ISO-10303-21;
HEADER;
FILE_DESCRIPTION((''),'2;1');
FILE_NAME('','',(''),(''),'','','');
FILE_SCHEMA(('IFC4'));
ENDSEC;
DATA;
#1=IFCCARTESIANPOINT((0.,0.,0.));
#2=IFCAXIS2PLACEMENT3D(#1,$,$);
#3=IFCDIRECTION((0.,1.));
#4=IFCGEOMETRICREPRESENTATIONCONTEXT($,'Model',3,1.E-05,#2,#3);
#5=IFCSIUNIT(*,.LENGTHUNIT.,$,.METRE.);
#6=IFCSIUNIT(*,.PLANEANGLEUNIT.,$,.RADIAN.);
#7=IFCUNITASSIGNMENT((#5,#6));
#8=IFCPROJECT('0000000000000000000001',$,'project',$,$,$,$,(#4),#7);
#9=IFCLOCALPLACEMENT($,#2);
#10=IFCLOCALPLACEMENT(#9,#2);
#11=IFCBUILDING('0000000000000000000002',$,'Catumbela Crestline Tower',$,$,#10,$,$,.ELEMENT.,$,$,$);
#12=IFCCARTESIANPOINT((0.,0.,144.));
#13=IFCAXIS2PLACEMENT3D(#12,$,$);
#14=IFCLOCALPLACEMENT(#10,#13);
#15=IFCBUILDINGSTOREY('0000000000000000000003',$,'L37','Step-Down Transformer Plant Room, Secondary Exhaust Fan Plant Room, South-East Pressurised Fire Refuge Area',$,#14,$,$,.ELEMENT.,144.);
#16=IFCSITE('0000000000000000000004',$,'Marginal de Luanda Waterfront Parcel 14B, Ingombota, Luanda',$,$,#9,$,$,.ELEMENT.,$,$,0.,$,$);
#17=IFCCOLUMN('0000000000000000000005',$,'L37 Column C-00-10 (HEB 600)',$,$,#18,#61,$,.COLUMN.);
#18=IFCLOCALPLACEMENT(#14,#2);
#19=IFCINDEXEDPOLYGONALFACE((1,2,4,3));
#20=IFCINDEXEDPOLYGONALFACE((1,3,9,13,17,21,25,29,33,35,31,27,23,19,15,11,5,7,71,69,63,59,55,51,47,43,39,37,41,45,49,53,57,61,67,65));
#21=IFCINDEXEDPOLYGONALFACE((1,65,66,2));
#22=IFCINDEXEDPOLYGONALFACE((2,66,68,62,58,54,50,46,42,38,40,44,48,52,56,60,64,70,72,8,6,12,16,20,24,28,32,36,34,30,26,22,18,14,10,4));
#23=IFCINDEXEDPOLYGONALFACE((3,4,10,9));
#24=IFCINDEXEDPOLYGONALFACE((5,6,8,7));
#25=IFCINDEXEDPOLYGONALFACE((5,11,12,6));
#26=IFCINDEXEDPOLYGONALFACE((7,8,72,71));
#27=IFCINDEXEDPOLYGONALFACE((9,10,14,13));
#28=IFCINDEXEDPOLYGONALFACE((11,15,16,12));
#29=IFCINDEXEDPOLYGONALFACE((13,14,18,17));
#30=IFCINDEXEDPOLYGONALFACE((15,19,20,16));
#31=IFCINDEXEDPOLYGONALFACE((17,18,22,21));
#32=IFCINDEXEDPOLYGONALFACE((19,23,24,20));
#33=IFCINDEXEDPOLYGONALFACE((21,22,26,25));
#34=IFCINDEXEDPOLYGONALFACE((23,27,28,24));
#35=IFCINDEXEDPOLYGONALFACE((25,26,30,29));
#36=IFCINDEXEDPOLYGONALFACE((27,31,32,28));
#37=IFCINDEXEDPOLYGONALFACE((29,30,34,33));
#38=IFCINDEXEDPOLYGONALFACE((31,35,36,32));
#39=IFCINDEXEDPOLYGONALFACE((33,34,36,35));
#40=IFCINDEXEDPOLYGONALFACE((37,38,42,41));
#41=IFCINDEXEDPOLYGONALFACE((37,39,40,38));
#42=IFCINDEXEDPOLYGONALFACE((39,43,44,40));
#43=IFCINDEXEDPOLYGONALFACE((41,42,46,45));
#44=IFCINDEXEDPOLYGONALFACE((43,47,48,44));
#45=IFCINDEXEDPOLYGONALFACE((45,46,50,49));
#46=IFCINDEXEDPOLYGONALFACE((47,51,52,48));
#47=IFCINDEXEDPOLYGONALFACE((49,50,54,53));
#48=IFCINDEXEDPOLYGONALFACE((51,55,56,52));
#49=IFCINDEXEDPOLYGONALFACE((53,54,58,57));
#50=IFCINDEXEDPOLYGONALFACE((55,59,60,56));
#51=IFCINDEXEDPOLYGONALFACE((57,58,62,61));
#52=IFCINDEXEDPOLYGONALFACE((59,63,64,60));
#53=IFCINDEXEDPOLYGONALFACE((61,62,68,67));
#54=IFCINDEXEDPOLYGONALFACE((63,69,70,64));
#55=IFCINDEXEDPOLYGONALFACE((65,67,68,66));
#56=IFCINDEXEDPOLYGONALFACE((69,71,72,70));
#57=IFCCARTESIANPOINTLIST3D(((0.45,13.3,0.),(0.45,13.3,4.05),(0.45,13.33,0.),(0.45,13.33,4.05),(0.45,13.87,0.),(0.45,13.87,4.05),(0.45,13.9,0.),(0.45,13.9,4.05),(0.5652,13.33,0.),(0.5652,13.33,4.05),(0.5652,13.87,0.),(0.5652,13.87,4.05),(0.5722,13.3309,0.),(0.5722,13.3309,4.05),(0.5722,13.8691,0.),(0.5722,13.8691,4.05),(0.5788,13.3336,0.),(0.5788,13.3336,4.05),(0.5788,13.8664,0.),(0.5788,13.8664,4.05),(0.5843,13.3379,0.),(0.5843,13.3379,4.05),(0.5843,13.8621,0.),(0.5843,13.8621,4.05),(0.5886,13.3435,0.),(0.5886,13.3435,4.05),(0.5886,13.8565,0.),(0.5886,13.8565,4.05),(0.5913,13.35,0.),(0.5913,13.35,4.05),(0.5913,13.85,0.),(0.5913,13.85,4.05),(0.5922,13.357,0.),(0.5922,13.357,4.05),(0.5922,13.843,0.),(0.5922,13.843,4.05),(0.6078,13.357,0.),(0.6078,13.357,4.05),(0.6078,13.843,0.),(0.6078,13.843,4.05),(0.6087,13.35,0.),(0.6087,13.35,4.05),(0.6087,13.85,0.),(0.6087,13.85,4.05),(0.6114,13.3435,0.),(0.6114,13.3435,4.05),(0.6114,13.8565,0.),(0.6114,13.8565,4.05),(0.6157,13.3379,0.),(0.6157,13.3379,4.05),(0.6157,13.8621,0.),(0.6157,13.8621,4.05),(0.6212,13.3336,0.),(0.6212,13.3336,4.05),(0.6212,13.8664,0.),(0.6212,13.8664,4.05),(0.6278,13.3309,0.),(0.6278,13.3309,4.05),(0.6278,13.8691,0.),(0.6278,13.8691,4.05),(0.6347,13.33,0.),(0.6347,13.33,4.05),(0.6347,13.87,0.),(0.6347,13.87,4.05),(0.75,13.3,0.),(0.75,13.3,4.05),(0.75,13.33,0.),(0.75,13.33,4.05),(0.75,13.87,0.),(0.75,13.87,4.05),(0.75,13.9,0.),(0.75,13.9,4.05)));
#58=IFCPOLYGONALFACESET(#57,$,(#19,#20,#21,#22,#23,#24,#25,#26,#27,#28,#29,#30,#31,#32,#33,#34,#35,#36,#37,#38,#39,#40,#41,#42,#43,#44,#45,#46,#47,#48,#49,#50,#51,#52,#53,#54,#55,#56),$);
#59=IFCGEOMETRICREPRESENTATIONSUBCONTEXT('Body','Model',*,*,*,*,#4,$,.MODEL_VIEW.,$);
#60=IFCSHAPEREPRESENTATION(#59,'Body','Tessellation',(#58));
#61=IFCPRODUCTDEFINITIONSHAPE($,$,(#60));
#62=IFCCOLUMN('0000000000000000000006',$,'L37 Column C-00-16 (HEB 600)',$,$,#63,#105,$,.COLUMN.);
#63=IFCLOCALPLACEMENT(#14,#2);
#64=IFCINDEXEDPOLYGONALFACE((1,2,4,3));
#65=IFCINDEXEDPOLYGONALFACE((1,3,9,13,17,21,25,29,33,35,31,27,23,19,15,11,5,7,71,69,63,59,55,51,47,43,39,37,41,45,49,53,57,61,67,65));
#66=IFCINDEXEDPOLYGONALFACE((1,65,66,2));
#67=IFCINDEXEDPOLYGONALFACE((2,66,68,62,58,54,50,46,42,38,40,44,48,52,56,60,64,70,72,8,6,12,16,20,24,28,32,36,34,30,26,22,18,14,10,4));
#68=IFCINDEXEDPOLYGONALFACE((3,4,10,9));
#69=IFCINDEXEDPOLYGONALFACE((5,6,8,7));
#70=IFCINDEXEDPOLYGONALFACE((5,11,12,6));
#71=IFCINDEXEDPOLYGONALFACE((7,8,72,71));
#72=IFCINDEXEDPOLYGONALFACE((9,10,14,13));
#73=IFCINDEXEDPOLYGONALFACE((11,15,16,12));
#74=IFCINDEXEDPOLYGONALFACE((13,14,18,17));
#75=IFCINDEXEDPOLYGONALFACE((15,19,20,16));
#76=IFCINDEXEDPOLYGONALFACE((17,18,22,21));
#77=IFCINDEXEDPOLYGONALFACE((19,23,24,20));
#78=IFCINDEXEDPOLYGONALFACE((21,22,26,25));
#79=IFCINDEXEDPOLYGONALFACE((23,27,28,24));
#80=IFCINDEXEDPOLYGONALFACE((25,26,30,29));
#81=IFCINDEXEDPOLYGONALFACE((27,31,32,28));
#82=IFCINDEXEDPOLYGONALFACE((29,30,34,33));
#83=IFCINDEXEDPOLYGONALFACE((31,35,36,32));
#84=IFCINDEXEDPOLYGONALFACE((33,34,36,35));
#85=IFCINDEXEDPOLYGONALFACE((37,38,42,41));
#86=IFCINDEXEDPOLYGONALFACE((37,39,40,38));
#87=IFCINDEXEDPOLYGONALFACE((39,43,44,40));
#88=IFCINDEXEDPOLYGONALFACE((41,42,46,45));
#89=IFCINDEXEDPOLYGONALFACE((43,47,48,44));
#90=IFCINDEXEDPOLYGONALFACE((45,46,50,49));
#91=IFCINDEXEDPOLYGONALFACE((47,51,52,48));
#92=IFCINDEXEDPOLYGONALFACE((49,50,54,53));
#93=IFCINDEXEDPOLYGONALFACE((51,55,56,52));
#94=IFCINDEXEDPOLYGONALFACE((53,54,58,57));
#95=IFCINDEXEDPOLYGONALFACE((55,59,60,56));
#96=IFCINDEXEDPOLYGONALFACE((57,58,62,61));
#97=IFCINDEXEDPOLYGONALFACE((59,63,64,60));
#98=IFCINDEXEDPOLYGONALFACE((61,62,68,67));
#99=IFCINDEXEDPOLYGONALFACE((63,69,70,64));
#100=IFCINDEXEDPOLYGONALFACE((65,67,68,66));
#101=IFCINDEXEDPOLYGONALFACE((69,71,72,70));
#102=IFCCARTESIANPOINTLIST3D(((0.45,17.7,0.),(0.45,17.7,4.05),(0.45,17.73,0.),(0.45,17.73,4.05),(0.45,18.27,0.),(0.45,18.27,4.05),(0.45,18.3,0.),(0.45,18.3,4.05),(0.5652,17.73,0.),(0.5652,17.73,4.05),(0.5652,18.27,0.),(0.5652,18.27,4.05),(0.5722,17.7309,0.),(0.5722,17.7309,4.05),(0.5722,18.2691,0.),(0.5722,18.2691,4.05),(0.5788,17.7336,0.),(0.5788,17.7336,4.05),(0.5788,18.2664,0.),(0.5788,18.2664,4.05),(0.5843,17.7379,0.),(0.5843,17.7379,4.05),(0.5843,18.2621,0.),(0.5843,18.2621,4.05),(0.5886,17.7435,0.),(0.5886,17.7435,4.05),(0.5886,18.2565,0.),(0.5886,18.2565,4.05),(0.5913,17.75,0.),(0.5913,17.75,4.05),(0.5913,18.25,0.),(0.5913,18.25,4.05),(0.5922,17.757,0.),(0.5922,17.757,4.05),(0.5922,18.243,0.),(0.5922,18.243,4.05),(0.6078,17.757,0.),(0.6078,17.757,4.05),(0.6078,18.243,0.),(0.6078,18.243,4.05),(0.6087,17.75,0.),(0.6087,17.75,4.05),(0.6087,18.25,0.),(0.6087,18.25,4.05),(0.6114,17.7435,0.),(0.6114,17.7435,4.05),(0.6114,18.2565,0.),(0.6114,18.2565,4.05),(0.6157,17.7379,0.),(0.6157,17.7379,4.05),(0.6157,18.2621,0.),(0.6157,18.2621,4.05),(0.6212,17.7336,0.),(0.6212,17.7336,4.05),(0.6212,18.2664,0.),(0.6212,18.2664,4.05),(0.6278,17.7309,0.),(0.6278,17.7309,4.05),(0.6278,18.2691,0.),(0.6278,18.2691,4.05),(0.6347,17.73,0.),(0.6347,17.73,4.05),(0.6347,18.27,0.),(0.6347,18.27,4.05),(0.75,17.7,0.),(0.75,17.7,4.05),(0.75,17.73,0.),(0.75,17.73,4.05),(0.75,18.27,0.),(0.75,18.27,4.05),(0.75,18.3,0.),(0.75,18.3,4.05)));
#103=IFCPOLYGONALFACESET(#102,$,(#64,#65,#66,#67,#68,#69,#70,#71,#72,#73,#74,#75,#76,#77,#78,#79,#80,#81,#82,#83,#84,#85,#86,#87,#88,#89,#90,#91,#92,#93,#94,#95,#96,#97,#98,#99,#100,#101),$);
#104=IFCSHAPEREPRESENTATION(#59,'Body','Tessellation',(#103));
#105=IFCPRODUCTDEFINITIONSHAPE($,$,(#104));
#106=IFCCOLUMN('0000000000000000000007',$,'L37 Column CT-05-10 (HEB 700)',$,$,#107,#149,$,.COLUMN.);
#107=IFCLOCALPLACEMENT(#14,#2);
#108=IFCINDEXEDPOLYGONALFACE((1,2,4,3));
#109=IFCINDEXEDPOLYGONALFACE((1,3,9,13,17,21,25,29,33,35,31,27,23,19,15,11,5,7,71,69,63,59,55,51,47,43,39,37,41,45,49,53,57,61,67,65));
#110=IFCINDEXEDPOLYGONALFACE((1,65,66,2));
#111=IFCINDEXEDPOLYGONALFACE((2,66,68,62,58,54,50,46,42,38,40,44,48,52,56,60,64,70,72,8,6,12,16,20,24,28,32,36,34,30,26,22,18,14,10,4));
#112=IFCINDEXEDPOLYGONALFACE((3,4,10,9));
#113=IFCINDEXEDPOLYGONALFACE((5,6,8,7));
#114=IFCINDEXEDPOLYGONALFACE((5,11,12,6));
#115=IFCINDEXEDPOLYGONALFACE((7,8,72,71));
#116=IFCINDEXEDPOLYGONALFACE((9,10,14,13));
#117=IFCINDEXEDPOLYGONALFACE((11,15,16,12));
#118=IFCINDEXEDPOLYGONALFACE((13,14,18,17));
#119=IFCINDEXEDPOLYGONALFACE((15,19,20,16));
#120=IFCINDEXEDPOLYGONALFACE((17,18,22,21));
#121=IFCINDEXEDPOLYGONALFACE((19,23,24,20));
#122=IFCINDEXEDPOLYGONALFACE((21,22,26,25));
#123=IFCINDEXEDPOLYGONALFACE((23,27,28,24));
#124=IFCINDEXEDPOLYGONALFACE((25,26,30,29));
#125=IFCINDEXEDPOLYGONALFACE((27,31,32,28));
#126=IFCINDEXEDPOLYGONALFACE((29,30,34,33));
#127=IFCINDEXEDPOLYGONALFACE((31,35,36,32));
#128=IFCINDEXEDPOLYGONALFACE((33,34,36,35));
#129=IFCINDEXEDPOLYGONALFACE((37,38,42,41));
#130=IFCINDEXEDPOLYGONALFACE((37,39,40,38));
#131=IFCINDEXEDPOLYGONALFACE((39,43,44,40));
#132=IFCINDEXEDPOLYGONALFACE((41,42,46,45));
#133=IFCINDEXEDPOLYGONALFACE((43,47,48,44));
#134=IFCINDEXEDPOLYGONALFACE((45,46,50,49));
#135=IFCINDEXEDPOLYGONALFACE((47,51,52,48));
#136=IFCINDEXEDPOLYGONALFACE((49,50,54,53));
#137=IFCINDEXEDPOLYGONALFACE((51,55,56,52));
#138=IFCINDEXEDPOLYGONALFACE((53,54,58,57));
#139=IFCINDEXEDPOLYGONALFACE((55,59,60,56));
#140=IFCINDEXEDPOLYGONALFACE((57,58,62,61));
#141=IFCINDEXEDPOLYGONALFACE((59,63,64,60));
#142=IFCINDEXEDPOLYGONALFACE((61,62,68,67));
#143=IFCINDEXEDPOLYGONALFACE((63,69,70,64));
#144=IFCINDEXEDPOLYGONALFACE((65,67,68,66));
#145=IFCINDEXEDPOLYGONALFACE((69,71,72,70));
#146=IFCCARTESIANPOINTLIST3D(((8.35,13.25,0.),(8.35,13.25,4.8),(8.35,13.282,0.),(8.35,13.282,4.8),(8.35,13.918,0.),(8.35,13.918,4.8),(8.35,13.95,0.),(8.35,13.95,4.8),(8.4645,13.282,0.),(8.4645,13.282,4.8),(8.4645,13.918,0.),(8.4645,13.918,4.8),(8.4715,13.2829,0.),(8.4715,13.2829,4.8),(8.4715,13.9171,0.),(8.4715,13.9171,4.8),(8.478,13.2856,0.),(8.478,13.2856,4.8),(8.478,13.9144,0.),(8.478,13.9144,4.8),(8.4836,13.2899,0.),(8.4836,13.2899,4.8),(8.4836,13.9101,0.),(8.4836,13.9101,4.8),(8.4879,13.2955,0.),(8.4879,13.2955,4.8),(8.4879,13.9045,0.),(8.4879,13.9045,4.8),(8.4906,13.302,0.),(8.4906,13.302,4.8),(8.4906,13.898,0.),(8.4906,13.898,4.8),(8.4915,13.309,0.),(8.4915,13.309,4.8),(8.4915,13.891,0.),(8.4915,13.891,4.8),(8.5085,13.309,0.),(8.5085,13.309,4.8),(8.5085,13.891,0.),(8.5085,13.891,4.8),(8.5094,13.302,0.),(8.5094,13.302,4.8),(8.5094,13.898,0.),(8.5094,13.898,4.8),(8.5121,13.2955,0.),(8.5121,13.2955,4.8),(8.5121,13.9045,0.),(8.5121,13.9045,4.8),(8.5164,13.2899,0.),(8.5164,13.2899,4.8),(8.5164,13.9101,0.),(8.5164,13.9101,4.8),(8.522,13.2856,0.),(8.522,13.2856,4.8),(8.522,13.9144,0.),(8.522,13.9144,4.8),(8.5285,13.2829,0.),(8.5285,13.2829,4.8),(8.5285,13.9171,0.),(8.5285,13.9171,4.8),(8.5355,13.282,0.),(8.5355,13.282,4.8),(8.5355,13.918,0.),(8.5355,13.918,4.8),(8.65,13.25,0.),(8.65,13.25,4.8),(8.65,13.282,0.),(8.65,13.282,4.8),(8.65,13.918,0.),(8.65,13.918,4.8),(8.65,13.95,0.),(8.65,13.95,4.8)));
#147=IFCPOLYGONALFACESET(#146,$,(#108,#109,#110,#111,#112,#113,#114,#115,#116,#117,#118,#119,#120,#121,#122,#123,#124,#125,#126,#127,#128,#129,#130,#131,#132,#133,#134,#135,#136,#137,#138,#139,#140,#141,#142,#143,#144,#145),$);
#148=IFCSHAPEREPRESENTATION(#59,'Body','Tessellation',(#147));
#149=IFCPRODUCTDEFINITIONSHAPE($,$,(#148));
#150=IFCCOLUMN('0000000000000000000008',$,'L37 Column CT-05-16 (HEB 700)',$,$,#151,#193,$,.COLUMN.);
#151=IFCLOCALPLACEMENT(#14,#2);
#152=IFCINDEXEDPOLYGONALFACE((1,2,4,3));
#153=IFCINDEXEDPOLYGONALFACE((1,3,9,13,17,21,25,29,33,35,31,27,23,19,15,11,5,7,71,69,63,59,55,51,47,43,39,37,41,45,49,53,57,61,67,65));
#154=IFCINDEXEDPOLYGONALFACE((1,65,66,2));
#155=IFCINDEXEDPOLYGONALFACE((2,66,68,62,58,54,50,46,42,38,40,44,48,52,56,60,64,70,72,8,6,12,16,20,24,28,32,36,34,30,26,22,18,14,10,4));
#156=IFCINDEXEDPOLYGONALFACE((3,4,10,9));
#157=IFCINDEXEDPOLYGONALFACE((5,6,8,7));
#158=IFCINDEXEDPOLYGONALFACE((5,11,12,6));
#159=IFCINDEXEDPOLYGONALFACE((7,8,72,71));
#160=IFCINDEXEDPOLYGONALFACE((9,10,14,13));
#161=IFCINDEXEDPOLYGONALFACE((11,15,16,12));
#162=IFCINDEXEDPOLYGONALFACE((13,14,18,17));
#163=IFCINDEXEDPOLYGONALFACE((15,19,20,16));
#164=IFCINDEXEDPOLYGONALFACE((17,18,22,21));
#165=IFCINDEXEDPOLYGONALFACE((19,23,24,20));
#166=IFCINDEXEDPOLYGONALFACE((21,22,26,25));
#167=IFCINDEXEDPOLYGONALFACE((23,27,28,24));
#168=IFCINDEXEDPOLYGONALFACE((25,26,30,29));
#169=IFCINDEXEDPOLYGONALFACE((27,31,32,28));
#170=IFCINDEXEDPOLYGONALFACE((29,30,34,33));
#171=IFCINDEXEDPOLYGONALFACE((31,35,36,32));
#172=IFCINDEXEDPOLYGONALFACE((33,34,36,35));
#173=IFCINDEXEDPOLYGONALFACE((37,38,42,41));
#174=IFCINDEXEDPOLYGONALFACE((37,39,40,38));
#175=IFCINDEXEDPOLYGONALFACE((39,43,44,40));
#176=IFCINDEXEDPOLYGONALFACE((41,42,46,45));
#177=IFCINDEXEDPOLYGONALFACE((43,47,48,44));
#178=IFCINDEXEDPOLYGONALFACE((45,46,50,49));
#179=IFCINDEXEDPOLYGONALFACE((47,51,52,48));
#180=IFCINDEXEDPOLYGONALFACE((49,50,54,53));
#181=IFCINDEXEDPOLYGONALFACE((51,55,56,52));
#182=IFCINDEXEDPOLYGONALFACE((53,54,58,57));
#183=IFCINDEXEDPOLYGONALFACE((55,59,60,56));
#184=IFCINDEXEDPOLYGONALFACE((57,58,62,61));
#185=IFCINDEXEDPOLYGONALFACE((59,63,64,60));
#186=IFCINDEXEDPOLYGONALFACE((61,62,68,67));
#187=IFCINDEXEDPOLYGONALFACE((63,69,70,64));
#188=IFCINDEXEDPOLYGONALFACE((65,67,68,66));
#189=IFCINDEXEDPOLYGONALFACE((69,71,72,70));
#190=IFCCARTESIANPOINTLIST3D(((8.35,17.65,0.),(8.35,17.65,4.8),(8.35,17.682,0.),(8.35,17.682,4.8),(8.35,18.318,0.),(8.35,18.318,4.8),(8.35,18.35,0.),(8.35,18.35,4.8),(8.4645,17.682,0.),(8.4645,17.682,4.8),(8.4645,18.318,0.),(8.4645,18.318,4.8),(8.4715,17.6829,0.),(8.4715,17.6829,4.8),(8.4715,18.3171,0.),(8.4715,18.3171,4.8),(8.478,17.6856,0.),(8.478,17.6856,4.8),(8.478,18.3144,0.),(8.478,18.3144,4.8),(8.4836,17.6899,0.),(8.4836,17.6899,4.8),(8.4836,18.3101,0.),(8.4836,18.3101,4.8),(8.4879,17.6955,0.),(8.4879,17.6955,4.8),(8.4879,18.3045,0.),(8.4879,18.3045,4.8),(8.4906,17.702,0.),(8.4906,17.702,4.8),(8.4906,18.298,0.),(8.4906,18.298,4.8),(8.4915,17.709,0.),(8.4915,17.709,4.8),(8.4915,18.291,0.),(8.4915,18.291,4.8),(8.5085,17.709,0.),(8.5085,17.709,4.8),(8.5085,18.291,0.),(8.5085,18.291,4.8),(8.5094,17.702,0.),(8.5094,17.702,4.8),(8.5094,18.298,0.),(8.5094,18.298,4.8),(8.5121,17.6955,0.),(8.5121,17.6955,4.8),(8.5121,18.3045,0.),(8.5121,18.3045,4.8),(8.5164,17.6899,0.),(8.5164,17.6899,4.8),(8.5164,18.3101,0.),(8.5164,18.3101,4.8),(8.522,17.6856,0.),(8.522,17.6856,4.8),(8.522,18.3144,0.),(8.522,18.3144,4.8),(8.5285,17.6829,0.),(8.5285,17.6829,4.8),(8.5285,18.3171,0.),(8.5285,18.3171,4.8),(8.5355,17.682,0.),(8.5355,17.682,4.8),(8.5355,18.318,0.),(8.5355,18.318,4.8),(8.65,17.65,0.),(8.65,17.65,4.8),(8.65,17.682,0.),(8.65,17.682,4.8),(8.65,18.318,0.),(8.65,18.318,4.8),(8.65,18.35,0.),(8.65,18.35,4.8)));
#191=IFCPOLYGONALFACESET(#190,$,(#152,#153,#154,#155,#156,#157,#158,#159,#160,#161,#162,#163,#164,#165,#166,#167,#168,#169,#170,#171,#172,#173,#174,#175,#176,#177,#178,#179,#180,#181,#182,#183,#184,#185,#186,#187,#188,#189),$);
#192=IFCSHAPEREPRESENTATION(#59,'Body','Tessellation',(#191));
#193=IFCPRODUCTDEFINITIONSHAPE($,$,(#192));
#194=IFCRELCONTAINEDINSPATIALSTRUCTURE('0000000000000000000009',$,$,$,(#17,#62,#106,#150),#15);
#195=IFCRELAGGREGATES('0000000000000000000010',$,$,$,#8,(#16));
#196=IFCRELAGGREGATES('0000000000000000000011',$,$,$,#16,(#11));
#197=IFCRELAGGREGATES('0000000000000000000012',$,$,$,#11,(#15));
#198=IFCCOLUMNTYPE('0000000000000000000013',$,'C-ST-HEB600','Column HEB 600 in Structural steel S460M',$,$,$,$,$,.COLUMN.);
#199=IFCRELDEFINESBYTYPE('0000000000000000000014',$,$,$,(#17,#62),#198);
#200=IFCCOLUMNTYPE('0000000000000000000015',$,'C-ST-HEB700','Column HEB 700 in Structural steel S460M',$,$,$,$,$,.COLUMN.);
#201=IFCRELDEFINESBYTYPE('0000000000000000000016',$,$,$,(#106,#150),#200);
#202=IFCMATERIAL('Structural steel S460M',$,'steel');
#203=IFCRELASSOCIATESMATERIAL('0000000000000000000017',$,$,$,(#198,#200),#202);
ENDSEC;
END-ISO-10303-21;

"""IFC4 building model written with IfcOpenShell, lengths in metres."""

from ifc_helpers import new_model, si_unit, direction, frame, origin, origin_2d, place, context, subcontext, project, spatial, i_section, extrude, material, material_profile, profile_set, type_object, element, save


model = new_model("IFC4")

# Units and contexts
model_context = context("Model", 3, precision=1e-05, world=origin(), true_north=direction((0.0, 1.0)))
body_context = subcontext(model_context, "Body", "Model", "MODEL_VIEW")
ifc_project = project(units=[si_unit("LENGTHUNIT", "METRE"), si_unit("PLANEANGLEUNIT", "RADIAN")], contexts=[model_context])

# Site, building, storey
site_placement = place(None, origin())
site = spatial("IfcSite", under=ifc_project, at=site_placement, Name="Marginal de Luanda Waterfront Parcel 14B, Ingombota, Luanda", CompositionType="ELEMENT", RefElevation=0.0)
building_placement = place(site_placement, origin())
building = spatial("IfcBuilding", under=site, at=building_placement, Name="Catumbela Crestline Tower", CompositionType="ELEMENT")
storey_placement = place(building_placement, frame((0.0, 0.0, 144.0)))
storey = spatial("IfcBuildingStorey", under=building, at=storey_placement, Name="L37", Description="Step-Down Transformer Plant Room, Secondary Exhaust Fan Plant Room, South-East Pressurised Fire Refuge Area", CompositionType="ELEMENT", Elevation=144.0)

# Columns
ifc_material_1 = material(Name="Structural steel S460M", Category="steel")
ifc_material_profile_1 = material_profile(ifc_material_1, i_section(OverallWidth=0.3, OverallDepth=0.6, WebThickness=0.0155, FlangeThickness=0.03, FilletRadius=0.027, at=origin_2d()), Name="HEB 600")
ifc_profile_set_1 = profile_set([ifc_material_profile_1], Name="Structural steel S460M")
column_type_1 = type_object("IfcColumnType", Name="C-ST-HEB600", Description="Column HEB 600 in Structural steel S460M", PredefinedType="COLUMN", material=ifc_profile_set_1)
for number, where, z_axis, x_axis, name in (
    (1, (0.6, 13.6, 0.0), (0.0, 0.0, 1.0), (1.0, 0.0, 0.0), "L37 Column C-00-10 (HEB 600)"),
    (2, (0.6, 18.0, 0.0), (0.0, 0.0, 1.0), (1.0, 0.0, 0.0), "L37 Column C-00-16 (HEB 600)"),
):
    element("IfcColumn", number, at=place(storey_placement, frame(where, z_axis=z_axis, x_axis=x_axis)), inside=storey, type_object=column_type_1, Name=name, PredefinedType="COLUMN", context=body_context, shape_type="SweptSolid", body=[
        extrude(i_section(OverallWidth=0.3, OverallDepth=0.6, WebThickness=0.0155, FlangeThickness=0.03, FilletRadius=0.027, at=origin_2d()), origin(), (0.0, 0.0, 1.0), 4.05),
    ])
ifc_material_profile_2 = material_profile(ifc_material_1, i_section(OverallWidth=0.3, OverallDepth=0.7, WebThickness=0.017, FlangeThickness=0.032, FilletRadius=0.027, at=origin_2d()), Name="HEB 700")
ifc_profile_set_2 = profile_set([ifc_material_profile_2], Name="Structural steel S460M")
column_type_2 = type_object("IfcColumnType", Name="C-ST-HEB700", Description="Column HEB 700 in Structural steel S460M", PredefinedType="COLUMN", material=ifc_profile_set_2)
for number, where, z_axis, x_axis, name in (
    (3, (8.5, 13.6, 0.0), (0.0, 0.0, 1.0), (1.0, 0.0, 0.0), "L37 Column CT-05-10 (HEB 700)"),
    (4, (8.5, 18.0, 0.0), (0.0, 0.0, 1.0), (1.0, 0.0, 0.0), "L37 Column CT-05-16 (HEB 700)"),
):
    element("IfcColumn", number, at=place(storey_placement, frame(where, z_axis=z_axis, x_axis=x_axis)), inside=storey, type_object=column_type_2, Name=name, PredefinedType="COLUMN", context=body_context, shape_type="SweptSolid", body=[
        extrude(i_section(OverallWidth=0.3, OverallDepth=0.7, WebThickness=0.017, FlangeThickness=0.032, FilletRadius=0.027, at=origin_2d()), origin(), (0.0, 0.0, 1.0), 4.8),
    ])

save(model, "model.ifc")
